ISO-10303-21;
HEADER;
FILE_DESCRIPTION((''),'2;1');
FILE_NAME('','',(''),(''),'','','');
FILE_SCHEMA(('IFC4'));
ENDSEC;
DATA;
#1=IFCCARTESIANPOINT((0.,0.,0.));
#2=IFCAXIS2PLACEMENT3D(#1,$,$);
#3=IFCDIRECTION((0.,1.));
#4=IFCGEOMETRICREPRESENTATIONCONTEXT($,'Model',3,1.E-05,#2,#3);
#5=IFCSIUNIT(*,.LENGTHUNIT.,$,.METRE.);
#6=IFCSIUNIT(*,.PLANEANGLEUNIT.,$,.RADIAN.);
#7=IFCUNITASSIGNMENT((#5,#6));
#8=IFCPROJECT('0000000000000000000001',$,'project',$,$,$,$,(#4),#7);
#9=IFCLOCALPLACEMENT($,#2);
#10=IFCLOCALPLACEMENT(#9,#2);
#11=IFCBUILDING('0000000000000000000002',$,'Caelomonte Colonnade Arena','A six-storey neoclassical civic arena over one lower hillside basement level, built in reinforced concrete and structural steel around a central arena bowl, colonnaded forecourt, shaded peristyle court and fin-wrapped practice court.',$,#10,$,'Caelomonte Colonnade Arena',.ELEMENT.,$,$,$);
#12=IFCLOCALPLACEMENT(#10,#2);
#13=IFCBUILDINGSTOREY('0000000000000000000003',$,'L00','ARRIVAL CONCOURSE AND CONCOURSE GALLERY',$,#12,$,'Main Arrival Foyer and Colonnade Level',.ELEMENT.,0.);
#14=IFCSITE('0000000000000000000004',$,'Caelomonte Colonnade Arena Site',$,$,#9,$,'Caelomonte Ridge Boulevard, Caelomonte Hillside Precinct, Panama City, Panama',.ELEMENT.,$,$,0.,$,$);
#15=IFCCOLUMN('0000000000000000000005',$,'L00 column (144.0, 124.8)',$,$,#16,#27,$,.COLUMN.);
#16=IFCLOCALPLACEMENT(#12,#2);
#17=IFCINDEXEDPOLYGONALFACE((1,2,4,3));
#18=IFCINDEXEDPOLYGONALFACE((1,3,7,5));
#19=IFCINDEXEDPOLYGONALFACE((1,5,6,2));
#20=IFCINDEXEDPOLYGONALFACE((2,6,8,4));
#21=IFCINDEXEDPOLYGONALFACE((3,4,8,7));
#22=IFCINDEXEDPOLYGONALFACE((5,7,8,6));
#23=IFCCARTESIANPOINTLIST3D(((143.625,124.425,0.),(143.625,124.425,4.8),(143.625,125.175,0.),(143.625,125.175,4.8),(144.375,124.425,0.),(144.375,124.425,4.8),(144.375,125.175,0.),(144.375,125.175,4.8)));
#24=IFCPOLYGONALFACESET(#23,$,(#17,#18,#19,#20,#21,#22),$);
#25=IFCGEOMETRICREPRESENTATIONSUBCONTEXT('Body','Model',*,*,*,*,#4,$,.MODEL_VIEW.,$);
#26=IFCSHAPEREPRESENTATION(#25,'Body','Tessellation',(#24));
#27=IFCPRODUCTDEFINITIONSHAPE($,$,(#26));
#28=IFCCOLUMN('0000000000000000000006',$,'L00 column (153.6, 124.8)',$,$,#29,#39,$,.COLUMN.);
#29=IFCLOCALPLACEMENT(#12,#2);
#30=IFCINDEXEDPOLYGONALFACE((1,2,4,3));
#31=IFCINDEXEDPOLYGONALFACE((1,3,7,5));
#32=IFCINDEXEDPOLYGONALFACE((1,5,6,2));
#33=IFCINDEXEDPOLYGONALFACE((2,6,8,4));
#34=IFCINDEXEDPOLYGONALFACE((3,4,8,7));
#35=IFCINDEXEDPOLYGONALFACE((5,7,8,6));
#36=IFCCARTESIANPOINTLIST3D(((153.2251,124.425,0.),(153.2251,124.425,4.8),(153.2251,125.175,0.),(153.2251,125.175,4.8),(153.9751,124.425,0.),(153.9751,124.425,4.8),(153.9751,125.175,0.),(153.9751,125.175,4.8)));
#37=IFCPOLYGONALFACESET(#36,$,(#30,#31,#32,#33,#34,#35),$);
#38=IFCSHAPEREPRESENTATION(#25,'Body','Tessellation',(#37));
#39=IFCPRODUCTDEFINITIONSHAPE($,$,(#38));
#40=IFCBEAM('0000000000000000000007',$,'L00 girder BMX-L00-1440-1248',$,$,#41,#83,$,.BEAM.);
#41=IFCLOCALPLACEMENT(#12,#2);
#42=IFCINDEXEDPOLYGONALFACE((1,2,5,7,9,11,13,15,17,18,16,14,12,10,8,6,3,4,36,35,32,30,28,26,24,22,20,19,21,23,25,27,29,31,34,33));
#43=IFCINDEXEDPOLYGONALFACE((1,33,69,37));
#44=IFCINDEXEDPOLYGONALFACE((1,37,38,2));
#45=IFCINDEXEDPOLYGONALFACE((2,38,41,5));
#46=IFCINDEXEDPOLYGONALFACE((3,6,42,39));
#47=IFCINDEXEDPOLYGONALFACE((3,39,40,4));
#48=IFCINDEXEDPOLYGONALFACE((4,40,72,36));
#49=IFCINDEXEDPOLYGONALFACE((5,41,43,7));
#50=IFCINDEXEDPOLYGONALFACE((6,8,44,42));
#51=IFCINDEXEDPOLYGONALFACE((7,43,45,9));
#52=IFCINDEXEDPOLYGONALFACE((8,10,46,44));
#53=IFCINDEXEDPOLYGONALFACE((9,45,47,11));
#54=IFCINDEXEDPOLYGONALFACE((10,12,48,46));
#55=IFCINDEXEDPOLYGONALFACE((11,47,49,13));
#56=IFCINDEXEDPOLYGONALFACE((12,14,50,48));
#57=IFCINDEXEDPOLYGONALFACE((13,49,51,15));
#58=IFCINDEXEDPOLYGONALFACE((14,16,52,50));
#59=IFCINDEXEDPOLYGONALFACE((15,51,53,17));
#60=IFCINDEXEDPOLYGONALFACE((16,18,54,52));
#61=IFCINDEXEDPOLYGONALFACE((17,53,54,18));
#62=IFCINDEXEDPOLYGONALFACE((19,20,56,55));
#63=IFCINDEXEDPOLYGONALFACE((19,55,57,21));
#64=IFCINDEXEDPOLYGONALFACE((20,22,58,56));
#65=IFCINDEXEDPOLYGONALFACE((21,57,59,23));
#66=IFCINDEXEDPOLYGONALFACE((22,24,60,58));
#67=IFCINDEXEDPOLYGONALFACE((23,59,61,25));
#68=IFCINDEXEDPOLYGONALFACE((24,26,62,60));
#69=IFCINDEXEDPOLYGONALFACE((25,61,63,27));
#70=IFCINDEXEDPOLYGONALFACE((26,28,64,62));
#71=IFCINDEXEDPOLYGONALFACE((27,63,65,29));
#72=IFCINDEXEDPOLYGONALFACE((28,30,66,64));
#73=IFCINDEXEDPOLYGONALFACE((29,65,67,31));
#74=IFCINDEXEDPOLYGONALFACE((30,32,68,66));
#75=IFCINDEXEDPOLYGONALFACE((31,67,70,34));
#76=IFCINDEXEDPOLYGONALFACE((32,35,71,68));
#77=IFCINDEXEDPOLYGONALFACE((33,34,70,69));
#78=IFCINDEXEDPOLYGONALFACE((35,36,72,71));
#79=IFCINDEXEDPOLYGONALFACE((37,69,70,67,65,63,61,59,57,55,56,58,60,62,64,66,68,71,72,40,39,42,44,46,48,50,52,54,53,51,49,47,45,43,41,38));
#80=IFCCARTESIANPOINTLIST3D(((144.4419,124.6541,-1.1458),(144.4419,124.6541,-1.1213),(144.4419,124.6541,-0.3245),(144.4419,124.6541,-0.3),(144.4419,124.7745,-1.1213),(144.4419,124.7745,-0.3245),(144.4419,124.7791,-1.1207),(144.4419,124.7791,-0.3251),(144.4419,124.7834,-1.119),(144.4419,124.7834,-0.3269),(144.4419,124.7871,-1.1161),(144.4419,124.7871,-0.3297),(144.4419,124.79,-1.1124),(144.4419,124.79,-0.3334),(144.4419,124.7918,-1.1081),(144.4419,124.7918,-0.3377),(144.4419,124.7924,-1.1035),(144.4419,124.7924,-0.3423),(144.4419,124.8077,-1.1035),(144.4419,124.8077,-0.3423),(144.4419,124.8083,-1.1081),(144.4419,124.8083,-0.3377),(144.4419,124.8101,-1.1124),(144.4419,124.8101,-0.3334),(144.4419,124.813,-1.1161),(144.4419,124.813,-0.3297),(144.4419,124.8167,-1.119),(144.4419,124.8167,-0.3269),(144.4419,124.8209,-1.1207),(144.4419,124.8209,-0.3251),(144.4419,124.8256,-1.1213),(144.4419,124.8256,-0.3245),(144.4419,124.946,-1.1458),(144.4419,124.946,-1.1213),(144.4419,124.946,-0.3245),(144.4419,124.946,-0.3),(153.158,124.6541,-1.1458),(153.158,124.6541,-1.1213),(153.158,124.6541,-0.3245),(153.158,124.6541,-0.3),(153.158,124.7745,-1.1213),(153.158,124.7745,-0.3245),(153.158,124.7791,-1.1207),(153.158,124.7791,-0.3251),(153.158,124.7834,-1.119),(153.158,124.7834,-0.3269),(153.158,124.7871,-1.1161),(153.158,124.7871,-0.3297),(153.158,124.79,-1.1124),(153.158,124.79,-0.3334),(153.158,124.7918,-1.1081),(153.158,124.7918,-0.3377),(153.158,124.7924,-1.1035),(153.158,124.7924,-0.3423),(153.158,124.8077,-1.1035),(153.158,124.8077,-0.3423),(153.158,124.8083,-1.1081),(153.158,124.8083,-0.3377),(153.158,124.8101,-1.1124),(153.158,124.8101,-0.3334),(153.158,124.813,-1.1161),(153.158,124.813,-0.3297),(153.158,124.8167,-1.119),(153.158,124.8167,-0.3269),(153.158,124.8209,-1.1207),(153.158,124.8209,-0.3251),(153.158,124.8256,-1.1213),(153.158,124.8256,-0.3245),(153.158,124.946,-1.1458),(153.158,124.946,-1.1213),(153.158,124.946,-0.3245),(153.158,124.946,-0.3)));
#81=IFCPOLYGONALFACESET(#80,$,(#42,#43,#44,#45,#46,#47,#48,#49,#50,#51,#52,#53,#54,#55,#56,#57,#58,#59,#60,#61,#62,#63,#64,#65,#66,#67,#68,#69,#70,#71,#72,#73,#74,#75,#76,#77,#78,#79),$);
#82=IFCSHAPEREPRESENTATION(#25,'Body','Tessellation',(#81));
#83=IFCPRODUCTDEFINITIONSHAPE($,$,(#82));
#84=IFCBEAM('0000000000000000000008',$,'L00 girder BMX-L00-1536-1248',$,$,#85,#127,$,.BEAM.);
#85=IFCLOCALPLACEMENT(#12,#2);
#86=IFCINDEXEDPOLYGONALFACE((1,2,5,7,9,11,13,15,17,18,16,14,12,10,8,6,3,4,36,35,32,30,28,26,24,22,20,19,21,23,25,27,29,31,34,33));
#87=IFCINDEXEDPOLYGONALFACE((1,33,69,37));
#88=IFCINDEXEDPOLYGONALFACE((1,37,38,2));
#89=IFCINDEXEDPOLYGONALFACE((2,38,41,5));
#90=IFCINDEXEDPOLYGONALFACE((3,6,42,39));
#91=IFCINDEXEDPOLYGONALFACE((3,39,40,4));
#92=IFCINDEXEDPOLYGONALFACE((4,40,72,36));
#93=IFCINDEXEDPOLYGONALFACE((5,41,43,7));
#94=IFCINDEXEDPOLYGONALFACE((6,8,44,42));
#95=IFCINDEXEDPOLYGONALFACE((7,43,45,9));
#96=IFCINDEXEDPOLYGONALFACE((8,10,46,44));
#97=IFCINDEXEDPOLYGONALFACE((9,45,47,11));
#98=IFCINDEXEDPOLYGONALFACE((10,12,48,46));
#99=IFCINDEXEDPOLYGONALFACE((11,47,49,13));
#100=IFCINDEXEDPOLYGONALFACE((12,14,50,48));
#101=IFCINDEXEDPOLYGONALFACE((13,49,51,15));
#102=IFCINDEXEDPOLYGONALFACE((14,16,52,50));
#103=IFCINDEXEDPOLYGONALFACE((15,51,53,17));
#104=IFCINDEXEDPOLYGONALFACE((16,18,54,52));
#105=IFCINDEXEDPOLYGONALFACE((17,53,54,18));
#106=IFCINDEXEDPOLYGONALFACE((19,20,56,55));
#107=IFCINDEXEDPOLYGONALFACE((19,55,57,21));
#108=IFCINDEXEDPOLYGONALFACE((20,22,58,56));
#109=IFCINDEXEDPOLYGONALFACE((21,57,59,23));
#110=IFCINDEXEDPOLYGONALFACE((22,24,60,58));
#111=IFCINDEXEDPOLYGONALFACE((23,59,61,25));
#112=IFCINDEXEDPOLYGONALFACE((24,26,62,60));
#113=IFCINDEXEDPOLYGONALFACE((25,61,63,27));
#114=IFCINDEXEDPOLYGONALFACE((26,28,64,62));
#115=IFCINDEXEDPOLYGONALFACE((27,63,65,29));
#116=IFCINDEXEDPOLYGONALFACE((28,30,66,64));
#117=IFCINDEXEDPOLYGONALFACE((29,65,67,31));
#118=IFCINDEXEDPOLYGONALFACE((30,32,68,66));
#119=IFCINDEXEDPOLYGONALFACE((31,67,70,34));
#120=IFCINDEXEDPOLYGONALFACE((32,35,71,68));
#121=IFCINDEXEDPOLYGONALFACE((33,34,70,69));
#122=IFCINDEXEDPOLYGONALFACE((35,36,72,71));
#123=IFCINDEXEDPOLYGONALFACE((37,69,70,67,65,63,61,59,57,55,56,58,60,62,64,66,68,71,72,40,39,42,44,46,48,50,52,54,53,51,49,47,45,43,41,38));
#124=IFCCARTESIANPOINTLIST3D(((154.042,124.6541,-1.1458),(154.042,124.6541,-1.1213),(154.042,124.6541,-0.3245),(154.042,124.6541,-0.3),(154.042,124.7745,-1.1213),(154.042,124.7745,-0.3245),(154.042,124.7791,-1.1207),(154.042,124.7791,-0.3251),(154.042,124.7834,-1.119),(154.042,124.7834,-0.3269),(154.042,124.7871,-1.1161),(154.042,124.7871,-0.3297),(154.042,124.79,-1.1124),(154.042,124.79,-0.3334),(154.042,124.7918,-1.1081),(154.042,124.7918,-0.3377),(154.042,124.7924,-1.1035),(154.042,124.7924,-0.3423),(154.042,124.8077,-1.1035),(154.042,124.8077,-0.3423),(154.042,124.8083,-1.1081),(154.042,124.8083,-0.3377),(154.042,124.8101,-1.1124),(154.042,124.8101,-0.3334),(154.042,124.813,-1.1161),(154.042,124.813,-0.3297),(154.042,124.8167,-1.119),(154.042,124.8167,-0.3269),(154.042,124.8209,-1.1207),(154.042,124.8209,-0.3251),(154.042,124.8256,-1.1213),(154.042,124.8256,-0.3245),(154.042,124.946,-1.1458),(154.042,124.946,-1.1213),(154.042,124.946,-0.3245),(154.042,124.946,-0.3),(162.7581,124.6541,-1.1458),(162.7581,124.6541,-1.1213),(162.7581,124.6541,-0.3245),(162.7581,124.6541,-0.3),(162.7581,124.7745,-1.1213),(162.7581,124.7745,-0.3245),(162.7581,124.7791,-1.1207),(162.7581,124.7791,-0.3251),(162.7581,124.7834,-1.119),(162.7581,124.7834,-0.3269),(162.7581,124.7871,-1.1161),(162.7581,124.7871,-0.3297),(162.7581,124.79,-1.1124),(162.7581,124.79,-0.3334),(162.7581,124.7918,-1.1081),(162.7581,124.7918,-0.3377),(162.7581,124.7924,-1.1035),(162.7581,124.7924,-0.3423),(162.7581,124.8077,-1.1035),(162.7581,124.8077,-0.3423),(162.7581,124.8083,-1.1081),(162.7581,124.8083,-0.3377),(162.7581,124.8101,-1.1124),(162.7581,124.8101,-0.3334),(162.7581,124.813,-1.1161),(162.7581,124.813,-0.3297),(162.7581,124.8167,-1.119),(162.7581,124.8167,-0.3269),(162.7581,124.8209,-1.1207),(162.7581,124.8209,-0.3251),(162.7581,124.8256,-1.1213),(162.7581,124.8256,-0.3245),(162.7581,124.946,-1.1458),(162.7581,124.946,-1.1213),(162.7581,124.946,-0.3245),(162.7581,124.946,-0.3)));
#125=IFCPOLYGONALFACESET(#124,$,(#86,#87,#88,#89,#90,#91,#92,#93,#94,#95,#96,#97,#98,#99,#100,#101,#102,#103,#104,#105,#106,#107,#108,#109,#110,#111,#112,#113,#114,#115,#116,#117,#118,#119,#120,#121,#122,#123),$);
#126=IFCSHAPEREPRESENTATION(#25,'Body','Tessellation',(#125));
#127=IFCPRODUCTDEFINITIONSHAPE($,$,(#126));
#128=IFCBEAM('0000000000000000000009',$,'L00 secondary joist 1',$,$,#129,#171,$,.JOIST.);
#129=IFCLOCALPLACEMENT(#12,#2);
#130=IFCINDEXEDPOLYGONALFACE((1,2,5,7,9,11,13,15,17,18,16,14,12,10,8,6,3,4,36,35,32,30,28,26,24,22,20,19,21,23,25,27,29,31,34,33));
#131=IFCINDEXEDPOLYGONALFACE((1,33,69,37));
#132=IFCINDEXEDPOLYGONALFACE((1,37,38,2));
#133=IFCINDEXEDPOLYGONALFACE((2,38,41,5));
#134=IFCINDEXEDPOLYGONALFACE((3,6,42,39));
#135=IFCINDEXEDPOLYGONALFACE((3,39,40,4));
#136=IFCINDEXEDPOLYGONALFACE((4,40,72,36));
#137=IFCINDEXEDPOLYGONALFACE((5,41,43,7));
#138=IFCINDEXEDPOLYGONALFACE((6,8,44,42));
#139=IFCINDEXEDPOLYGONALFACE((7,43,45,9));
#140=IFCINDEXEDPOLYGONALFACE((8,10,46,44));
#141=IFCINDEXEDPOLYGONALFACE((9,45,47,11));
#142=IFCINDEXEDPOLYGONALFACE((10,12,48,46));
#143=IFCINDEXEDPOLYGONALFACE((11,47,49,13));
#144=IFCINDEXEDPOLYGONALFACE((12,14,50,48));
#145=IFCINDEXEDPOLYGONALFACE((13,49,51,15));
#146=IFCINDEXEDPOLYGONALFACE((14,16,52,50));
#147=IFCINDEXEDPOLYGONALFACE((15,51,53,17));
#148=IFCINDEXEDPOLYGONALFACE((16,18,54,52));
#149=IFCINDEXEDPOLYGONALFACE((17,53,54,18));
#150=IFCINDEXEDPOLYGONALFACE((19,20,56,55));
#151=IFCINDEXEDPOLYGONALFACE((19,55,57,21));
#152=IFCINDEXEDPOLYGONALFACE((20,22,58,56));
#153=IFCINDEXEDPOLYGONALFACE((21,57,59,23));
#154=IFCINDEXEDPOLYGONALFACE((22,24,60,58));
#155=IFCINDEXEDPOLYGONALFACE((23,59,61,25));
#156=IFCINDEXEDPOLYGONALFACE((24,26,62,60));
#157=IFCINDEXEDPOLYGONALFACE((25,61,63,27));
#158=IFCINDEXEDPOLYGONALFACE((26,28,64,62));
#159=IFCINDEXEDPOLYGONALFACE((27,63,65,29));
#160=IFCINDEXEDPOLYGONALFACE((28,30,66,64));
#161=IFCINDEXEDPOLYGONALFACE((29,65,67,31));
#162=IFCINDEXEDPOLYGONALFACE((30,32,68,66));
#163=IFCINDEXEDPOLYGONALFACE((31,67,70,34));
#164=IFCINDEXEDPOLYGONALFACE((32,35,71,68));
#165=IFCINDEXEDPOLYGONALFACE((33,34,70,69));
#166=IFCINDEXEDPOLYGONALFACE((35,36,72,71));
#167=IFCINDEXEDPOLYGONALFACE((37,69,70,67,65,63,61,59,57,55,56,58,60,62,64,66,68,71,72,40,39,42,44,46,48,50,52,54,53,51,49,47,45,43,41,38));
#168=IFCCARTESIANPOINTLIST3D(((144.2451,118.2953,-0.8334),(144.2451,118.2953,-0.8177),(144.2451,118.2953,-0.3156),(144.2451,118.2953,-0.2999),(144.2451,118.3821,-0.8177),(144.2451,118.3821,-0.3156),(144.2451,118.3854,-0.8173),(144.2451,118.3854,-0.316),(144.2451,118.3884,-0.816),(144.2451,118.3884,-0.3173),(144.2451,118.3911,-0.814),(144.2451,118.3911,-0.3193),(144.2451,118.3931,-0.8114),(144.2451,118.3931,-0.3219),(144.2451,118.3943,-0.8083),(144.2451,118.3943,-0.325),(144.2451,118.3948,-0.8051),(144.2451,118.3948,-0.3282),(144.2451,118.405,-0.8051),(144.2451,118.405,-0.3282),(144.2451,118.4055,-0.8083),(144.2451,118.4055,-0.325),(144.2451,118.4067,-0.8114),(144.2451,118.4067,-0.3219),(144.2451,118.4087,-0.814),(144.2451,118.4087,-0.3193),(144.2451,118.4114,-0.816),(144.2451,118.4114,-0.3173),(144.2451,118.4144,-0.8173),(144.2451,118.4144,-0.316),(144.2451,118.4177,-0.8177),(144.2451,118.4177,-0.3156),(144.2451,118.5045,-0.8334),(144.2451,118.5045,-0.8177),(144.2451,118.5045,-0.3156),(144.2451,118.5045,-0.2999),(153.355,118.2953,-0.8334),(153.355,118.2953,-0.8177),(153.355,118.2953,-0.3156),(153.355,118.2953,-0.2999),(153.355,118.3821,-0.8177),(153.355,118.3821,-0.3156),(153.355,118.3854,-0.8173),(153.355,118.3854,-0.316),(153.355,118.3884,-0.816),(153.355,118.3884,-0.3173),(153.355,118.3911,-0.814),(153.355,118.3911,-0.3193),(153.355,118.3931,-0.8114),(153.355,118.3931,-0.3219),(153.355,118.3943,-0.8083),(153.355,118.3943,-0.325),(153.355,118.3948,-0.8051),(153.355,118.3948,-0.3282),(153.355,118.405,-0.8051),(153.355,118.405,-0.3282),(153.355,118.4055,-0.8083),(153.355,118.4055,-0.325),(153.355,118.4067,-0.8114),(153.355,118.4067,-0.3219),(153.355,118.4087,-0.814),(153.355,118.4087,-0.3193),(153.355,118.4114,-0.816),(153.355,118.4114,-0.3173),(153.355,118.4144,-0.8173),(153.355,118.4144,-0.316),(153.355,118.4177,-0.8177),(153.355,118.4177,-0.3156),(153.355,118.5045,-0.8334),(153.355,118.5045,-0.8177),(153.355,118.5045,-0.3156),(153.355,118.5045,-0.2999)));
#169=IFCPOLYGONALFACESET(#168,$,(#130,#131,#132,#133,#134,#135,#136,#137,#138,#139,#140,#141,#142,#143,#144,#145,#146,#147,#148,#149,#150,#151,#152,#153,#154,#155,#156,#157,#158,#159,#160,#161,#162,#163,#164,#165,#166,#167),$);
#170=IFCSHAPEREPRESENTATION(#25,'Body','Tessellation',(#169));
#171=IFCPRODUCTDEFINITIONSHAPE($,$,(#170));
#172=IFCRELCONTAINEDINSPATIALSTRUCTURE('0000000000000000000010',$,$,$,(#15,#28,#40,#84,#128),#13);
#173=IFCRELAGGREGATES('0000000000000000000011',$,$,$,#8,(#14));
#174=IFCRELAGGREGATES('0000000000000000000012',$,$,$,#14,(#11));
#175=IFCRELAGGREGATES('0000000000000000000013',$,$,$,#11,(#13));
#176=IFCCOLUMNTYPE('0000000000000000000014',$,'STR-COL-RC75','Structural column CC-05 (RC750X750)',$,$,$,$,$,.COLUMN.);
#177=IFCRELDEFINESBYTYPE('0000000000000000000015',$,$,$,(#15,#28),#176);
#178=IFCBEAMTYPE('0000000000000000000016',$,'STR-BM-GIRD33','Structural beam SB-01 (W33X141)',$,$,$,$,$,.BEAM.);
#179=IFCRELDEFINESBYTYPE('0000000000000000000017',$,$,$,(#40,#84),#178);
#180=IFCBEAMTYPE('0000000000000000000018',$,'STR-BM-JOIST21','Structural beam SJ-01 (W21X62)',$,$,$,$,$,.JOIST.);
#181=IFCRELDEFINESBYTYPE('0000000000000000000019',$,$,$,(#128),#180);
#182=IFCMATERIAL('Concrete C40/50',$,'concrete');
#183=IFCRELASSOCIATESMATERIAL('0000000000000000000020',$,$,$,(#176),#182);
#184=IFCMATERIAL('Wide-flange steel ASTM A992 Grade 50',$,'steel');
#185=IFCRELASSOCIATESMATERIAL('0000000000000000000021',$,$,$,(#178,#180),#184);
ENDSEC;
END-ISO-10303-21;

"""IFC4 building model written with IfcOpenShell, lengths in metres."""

from ifc_helpers import new_model, si_unit, direction, frame, origin, origin_2d, place, context, subcontext, project, spatial, rectangle, i_section, extrude, material, material_profile, profile_set, type_object, element, save


model = new_model("IFC4")

# Units and contexts
model_context = context("Model", 3, precision=1e-05, world=origin(), true_north=direction((0.0, 1.0)))
body_context = subcontext(model_context, "Body", "Model", "MODEL_VIEW")
ifc_project = project(units=[si_unit("LENGTHUNIT", "METRE"), si_unit("PLANEANGLEUNIT", "RADIAN")], contexts=[model_context])

# Site, building, storey
site_placement = place(None, origin())
site = spatial("IfcSite", under=ifc_project, at=site_placement, Name="Caelomonte Colonnade Arena Site", LongName="Caelomonte Ridge Boulevard, Caelomonte Hillside Precinct, Panama City, Panama", CompositionType="ELEMENT", RefElevation=0.0)
building_placement = place(site_placement, origin())
building = spatial("IfcBuilding", under=site, at=building_placement, Name="Caelomonte Colonnade Arena", Description="A six-storey neoclassical civic arena over one lower hillside basement level, built in reinforced concrete and structural steel around a central arena bowl, colonnaded forecourt, shaded peristyle court and fin-wrapped practice court.", LongName="Caelomonte Colonnade Arena", CompositionType="ELEMENT")
storey_placement = place(building_placement, origin())
storey = spatial("IfcBuildingStorey", under=building, at=storey_placement, Name="L00", Description="ARRIVAL CONCOURSE AND CONCOURSE GALLERY", LongName="Main Arrival Foyer and Colonnade Level", CompositionType="ELEMENT", Elevation=0.0)

# Columns
ifc_material_1 = material(Name="Concrete C40/50", Category="concrete")
ifc_material_profile_1 = material_profile(ifc_material_1, rectangle(XDim=0.75, YDim=0.75, at=origin_2d()), Name="RC750X750")
ifc_profile_set_1 = profile_set([ifc_material_profile_1], Name="Concrete C40/50")
column_type = type_object("IfcColumnType", Name="STR-COL-RC75", Description="Structural column CC-05 (RC750X750)", PredefinedType="COLUMN", material=ifc_profile_set_1)
for number, where, z_axis, x_axis, name in (
    (1, (144.0, 124.8, 0.0), (0.0, 0.0, 1.0), (1.0, 0.0, 0.0), "L00 column (144.0, 124.8)"),
    (2, (153.6001, 124.8, 0.0), (0.0, 0.0, 1.0), (1.0, 0.0, 0.0), "L00 column (153.6, 124.8)"),
):
    element("IfcColumn", number, at=place(storey_placement, frame(where, z_axis=z_axis, x_axis=x_axis)), inside=storey, type_object=column_type, Name=name, PredefinedType="COLUMN", context=body_context, shape_type="SweptSolid", body=[
        extrude(rectangle(XDim=0.75, YDim=0.75, at=origin_2d()), origin(), (0.0, 0.0, 1.0), 4.8),
    ])

# Beams
ifc_material_2 = material(Name="Wide-flange steel ASTM A992 Grade 50", Category="steel")
ifc_material_profile_2 = material_profile(ifc_material_2, i_section(OverallWidth=0.292, OverallDepth=0.8457, WebThickness=0.0154, FlangeThickness=0.0244, FilletRadius=0.0178, at=origin_2d()), Name="W33X141")
ifc_profile_set_2 = profile_set([ifc_material_profile_2], Name="Wide-flange steel ASTM A992 Grade 50")
beam_type_1 = type_object("IfcBeamType", Name="STR-BM-GIRD33", Description="Structural beam SB-01 (W33X141)", PredefinedType="BEAM", material=ifc_profile_set_2)
for number, where, z_axis, x_axis, name in (
    (3, (144.4419, 124.8, -0.7229), (1.0, 0.0, 0.0), (0.0, 1.0, 0.0), "L00 girder BMX-L00-1440-1248"),
    (4, (154.042, 124.8, -0.7229), (1.0, 0.0, 0.0), (0.0, 1.0, 0.0), "L00 girder BMX-L00-1536-1248"),
):
    element("IfcBeam", number, at=place(storey_placement, frame(where, z_axis=z_axis, x_axis=x_axis)), inside=storey, type_object=beam_type_1, Name=name, PredefinedType="BEAM", context=body_context, shape_type="SweptSolid", body=[
        extrude(i_section(OverallWidth=0.292, OverallDepth=0.8457, WebThickness=0.0154, FlangeThickness=0.0244, FilletRadius=0.0178, at=origin_2d()), origin(), (0.0, 0.0, 1.0), 8.7161),
    ])
ifc_material_profile_3 = material_profile(ifc_material_2, i_section(OverallWidth=0.2092, OverallDepth=0.5334, WebThickness=0.0103, FlangeThickness=0.0156, FilletRadius=0.0127, at=origin_2d()), Name="W21X62")
ifc_profile_set_3 = profile_set([ifc_material_profile_3], Name="Wide-flange steel ASTM A992 Grade 50")
beam_type_2 = type_object("IfcBeamType", Name="STR-BM-JOIST21", Description="Structural beam SJ-01 (W21X62)", PredefinedType="JOIST", material=ifc_profile_set_3)
for number, where, z_axis, x_axis, name in (
    (5, (144.2451, 118.3999, -0.5667), (1.0, 0.0, 0.0), (0.0, 1.0, 0.0), "L00 secondary joist 1"),
):
    element("IfcBeam", number, at=place(storey_placement, frame(where, z_axis=z_axis, x_axis=x_axis)), inside=storey, type_object=beam_type_2, Name=name, PredefinedType="JOIST", context=body_context, shape_type="SweptSolid", body=[
        extrude(i_section(OverallWidth=0.2092, OverallDepth=0.5334, WebThickness=0.0103, FlangeThickness=0.0156, FilletRadius=0.0127, at=origin_2d()), origin(), (0.0, 0.0, 1.0), 9.1099),
    ])

save(model, "model.ifc")
